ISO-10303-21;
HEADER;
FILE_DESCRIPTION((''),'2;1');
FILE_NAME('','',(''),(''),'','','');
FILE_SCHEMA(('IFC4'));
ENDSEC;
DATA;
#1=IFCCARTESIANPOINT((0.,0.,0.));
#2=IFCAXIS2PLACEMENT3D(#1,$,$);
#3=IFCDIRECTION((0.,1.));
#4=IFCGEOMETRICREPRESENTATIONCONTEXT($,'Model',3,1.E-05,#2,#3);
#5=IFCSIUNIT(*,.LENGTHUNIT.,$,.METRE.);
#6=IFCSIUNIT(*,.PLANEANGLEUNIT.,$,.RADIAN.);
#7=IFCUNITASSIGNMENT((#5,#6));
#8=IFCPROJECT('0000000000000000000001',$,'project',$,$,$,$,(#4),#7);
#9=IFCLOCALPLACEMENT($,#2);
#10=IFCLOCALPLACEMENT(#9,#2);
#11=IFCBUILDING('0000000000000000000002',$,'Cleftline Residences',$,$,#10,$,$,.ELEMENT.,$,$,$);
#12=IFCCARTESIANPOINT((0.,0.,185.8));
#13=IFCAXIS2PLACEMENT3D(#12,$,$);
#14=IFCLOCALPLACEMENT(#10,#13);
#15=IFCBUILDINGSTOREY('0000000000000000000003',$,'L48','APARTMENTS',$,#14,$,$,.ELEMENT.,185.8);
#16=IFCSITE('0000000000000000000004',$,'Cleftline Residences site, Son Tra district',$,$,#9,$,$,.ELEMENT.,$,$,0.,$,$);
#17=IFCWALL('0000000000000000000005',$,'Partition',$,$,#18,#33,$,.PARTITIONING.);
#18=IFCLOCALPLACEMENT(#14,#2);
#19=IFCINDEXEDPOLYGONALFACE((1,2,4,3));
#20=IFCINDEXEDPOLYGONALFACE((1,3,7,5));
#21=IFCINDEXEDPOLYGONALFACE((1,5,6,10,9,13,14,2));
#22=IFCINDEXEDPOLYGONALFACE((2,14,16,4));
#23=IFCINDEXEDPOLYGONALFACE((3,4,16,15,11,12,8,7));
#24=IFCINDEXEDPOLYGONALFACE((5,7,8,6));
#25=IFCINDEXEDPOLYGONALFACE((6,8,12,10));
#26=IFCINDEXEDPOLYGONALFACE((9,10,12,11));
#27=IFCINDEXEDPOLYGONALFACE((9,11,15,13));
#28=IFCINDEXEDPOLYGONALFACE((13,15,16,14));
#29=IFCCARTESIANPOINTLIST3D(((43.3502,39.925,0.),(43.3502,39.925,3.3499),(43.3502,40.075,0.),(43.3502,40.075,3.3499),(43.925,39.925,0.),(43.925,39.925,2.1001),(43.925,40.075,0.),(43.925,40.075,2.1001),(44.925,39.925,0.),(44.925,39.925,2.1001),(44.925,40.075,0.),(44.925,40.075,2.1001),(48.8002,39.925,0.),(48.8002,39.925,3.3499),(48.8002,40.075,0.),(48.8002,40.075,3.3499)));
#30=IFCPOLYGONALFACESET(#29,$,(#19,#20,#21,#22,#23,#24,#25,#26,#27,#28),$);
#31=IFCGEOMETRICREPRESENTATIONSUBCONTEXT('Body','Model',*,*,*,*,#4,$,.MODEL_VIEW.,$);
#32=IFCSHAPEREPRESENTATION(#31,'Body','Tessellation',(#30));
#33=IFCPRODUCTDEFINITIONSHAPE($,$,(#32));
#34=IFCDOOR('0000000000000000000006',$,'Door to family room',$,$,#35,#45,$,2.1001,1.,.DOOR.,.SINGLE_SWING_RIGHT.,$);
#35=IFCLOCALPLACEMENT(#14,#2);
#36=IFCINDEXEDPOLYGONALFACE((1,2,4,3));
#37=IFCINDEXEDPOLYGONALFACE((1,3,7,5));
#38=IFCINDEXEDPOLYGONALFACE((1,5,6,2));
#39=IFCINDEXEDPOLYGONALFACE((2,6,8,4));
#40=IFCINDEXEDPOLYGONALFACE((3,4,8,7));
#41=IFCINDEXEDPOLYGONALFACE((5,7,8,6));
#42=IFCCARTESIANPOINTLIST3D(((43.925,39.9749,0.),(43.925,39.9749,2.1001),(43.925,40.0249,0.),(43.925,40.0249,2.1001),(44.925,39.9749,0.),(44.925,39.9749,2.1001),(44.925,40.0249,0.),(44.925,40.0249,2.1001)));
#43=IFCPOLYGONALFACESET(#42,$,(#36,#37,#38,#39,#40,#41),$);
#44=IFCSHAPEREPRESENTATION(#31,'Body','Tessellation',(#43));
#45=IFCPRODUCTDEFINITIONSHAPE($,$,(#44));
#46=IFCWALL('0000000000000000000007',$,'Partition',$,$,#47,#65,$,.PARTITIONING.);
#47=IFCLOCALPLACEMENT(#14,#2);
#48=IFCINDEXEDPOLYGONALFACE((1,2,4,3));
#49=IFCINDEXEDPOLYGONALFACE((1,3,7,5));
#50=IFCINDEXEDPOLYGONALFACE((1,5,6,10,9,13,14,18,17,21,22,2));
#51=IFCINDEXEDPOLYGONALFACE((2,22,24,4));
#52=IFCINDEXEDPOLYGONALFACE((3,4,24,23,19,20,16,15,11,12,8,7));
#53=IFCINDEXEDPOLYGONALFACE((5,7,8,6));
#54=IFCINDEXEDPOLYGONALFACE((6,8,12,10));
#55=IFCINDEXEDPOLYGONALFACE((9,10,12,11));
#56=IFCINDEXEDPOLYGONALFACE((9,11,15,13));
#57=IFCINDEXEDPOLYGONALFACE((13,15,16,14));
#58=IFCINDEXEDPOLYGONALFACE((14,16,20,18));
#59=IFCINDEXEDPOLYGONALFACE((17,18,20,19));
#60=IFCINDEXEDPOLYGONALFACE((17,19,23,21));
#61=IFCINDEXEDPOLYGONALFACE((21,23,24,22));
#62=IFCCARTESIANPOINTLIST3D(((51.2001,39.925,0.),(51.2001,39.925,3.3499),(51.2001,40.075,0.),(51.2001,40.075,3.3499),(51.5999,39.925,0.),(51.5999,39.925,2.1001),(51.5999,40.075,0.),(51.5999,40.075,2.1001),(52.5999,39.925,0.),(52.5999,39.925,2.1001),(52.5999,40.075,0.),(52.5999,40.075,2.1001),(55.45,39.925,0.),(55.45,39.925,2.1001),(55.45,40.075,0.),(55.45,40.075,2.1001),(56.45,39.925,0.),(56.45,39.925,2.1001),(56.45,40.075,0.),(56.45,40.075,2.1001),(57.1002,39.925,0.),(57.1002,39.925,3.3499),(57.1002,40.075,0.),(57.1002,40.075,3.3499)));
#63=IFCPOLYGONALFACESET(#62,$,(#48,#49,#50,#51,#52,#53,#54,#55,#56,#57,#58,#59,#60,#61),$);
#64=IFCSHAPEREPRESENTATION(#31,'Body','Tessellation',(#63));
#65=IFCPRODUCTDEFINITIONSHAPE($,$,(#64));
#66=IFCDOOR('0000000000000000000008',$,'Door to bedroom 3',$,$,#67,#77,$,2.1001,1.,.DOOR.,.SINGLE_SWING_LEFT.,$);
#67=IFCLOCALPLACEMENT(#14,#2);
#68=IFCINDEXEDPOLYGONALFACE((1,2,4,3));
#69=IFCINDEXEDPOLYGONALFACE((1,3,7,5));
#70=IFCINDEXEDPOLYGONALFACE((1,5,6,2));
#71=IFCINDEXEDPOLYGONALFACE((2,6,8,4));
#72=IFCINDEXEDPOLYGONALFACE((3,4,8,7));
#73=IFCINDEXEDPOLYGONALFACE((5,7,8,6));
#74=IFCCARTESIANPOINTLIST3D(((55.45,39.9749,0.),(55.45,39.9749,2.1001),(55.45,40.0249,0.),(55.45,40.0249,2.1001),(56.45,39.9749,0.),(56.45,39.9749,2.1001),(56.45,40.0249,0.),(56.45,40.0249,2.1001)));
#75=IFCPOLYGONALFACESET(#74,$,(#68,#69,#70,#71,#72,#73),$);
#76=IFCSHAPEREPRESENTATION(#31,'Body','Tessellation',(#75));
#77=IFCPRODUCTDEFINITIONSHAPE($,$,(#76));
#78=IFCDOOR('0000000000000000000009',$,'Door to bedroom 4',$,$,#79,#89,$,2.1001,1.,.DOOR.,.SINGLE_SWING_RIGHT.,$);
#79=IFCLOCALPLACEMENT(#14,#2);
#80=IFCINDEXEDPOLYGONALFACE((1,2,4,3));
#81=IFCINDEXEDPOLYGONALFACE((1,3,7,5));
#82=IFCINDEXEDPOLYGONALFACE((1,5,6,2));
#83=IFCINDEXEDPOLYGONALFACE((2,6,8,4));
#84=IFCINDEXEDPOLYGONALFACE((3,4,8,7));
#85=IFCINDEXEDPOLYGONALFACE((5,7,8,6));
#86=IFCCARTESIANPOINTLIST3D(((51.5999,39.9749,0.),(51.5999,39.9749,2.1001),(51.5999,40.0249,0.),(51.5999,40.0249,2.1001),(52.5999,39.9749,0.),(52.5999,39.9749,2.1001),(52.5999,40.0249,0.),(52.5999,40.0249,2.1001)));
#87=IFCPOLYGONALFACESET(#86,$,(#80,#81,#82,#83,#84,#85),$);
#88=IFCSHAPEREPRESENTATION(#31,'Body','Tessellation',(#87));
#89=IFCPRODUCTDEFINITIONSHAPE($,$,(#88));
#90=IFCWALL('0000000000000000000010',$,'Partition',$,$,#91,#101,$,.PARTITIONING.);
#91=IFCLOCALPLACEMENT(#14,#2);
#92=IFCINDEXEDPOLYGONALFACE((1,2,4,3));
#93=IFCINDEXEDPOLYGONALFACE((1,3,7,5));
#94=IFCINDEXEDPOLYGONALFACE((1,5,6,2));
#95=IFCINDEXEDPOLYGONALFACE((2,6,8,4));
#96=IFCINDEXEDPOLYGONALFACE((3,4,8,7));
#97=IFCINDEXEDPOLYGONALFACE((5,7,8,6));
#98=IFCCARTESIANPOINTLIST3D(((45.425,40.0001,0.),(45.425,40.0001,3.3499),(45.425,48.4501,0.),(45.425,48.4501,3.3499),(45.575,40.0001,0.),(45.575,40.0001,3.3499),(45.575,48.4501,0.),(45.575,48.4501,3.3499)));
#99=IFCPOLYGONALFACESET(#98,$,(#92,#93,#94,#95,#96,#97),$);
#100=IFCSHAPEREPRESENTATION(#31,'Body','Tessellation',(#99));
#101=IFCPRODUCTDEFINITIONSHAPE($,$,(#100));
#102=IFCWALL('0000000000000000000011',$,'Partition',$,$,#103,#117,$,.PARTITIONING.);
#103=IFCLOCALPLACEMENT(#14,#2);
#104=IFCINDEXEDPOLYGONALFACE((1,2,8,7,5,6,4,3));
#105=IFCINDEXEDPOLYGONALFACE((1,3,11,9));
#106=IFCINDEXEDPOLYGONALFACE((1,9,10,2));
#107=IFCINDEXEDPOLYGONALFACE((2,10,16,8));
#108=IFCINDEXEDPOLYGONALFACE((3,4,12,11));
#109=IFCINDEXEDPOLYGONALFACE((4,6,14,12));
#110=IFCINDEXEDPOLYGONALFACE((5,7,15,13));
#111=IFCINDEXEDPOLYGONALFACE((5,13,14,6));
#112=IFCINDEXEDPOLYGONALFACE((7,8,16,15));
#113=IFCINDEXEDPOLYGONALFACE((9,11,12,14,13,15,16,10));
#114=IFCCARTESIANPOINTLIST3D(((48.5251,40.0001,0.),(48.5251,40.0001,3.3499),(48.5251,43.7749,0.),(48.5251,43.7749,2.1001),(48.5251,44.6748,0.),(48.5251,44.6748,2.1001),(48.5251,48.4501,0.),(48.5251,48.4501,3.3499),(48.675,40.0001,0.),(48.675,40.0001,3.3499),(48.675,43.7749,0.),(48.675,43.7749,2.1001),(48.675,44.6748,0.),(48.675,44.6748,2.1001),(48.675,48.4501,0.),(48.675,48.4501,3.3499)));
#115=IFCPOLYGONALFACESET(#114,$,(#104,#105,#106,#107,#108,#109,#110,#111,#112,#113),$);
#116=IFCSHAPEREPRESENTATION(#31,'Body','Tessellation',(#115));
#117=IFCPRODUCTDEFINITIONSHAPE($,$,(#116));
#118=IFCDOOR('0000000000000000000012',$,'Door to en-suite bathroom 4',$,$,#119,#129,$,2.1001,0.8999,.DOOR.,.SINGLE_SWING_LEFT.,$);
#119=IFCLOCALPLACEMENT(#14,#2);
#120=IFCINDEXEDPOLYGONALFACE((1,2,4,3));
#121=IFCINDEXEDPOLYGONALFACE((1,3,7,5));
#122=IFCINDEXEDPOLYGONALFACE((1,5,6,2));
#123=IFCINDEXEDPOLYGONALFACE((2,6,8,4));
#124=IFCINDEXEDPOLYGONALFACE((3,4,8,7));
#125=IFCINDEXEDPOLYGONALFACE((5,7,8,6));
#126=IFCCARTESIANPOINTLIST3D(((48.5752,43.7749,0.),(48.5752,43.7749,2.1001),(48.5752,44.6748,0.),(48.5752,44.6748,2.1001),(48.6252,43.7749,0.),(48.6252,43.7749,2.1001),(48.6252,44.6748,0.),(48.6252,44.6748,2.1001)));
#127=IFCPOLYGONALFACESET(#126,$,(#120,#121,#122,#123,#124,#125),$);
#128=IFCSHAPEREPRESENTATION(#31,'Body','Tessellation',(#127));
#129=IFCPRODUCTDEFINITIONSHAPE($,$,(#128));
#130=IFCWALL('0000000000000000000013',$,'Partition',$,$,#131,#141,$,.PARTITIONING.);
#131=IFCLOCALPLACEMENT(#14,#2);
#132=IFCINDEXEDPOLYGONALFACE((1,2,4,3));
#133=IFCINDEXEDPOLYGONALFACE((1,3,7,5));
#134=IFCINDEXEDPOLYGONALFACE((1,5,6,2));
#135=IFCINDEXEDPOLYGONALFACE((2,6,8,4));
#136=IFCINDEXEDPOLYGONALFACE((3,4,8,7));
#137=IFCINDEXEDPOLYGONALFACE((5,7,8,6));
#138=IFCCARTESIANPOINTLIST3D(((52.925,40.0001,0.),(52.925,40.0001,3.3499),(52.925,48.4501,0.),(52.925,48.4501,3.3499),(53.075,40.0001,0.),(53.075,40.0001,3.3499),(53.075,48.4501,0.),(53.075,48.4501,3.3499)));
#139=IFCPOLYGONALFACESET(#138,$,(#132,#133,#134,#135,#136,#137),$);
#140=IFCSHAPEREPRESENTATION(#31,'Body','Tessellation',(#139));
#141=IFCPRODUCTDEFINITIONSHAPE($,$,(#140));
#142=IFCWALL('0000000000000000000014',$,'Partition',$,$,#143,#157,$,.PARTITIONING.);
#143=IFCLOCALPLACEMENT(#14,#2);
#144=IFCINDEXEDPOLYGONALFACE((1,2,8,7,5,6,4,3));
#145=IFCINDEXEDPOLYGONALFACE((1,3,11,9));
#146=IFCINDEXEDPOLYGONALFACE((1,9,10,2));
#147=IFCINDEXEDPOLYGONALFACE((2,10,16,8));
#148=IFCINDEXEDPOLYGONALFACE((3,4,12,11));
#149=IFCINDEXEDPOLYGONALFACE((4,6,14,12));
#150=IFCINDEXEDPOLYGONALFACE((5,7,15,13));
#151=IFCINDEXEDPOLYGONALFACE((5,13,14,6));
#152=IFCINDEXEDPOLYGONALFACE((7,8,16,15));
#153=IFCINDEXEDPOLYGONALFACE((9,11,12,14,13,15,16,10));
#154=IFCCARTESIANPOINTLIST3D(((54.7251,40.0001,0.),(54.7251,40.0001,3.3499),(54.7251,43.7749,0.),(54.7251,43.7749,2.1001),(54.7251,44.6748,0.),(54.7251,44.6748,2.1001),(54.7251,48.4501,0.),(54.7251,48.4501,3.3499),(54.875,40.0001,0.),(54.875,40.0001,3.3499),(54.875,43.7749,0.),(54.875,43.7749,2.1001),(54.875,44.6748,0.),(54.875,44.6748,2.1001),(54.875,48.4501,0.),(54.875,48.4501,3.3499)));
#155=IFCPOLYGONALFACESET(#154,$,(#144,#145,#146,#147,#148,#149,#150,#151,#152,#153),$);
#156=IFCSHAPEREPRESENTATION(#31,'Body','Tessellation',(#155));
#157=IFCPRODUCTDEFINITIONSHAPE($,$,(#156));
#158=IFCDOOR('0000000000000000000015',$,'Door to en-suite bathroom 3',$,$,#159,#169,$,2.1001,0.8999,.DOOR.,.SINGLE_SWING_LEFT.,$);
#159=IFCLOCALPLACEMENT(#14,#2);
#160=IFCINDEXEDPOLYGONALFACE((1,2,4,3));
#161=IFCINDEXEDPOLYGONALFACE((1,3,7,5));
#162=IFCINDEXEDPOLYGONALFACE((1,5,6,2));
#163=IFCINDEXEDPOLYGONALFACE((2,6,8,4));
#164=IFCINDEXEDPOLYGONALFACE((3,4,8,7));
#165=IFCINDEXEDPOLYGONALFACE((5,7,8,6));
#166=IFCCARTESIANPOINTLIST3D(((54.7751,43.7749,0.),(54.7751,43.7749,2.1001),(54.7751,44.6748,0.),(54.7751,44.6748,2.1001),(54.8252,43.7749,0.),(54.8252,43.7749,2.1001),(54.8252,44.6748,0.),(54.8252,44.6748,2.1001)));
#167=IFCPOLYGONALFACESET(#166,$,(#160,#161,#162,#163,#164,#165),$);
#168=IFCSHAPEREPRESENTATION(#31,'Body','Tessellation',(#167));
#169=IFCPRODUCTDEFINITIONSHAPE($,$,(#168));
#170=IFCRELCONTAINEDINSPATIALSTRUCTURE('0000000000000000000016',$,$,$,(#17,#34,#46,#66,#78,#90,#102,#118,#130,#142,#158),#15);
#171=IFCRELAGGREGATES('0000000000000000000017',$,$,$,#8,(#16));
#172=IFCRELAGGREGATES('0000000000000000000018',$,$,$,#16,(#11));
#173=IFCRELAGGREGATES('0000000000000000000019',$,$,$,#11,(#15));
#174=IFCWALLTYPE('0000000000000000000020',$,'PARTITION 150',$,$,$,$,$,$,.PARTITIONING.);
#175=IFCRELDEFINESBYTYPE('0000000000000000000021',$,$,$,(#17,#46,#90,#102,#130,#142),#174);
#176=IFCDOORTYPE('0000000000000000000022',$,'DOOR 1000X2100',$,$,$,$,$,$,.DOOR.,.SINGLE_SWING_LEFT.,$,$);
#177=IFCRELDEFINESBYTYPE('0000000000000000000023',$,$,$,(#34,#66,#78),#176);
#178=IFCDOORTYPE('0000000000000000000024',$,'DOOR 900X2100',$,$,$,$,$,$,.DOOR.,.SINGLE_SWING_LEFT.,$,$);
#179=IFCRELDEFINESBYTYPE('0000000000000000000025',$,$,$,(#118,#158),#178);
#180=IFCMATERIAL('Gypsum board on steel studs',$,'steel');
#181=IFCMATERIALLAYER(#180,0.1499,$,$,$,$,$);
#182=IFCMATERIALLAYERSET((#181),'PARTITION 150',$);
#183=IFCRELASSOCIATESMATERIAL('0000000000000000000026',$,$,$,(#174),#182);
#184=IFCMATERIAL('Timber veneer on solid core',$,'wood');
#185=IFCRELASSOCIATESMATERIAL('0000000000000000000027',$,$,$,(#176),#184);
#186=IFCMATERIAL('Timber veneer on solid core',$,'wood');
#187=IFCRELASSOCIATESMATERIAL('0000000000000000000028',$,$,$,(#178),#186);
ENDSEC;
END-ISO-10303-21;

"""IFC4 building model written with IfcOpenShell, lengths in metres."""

from ifc_helpers import new_model, si_unit, direction, frame, frame_2d, origin, place, context, subcontext, project, spatial, rectangle, extrude, material, layer, layer_set, type_object, element, fill, save


model = new_model("IFC4")

# Units and contexts
model_context = context("Model", 3, precision=1e-05, world=origin(), true_north=direction((0.0, 1.0)))
body_context = subcontext(model_context, "Body", "Model", "MODEL_VIEW")
ifc_project = project(units=[si_unit("LENGTHUNIT", "METRE"), si_unit("PLANEANGLEUNIT", "RADIAN")], contexts=[model_context])

# Site, building, storey
site_placement = place(None, origin())
site = spatial("IfcSite", under=ifc_project, at=site_placement, Name="Cleftline Residences site, Son Tra district", CompositionType="ELEMENT", RefElevation=0.0)
building_placement = place(site_placement, origin())
building = spatial("IfcBuilding", under=site, at=building_placement, Name="Cleftline Residences", CompositionType="ELEMENT")
storey_placement = place(building_placement, frame((0.0, 0.0, 185.8)))
storey = spatial("IfcBuildingStorey", under=building, at=storey_placement, Name="L48", Description="APARTMENTS", CompositionType="ELEMENT", Elevation=185.8)

# Shared definitions
ifc_material_1 = material(Name="Gypsum board on steel studs", Category="steel")
ifc_layer = layer(ifc_material_1, 0.1499)
ifc_layer_set = layer_set([ifc_layer], Name="PARTITION 150")
wall_type = type_object("IfcWallType", Name="PARTITION 150", PredefinedType="PARTITIONING", material=ifc_layer_set)

# Wall, opening, door
wall_1_placement = place(storey_placement, frame((43.3501, 40.0, 0.0), z_axis=(0.0, 0.0, 1.0), x_axis=(1.0, 0.0, 0.0)))
wall_1 = element("IfcWall", 1, at=wall_1_placement, inside=storey, type_object=wall_type, Name="Partition", PredefinedType="PARTITIONING", context=body_context, shape_type="SweptSolid", body=[
    extrude(rectangle(XDim=5.45, YDim=0.1499, at=frame_2d((2.7251, 0.0))), origin(), (0.0, 0.0, 1.0), 3.3499),
])
opening_1_placement = place(wall_1_placement, frame((0.575, 0.0, 0.0)))
opening_1 = element("IfcOpeningElement", 2, at=opening_1_placement, cuts=wall_1, PredefinedType="OPENING", context=body_context, shape_type="SweptSolid", body=[
    extrude(rectangle(XDim=1.0, YDim=2.1001, at=frame_2d((0.5, 1.05))), frame((0.0, 0.085, 0.0), z_axis=(0.0, -1.0, 0.0), x_axis=(1.0, 0.0, 0.0)), (0.0, 0.0, 1.0), 0.1699),
])
ifc_material_2 = material(Name="Timber veneer on solid core", Category="wood")
door_type_1 = type_object("IfcDoorType", Name="DOOR 1000X2100", OperationType="SINGLE_SWING_LEFT", PredefinedType="DOOR", material=ifc_material_2)
door_1_placement = place(opening_1_placement, origin())
door_1 = element("IfcDoor", 3, at=door_1_placement, inside=storey, type_object=door_type_1, Name="Door to family room", OperationType="SINGLE_SWING_RIGHT", OverallHeight=2.1001, OverallWidth=1.0, PredefinedType="DOOR", context=body_context, shape_type="SweptSolid", body=[
    extrude(rectangle(XDim=1.0, YDim=2.1001, at=frame_2d((0.5, 1.05))), frame((0.0, 0.0249, 0.0), z_axis=(0.0, -1.0, 0.0), x_axis=(1.0, 0.0, 0.0)), (0.0, 0.0, 1.0), 0.05),
])
fill(opening_1, door_1)

# Wall, openings, doors
wall_2_placement = place(storey_placement, frame((51.2, 40.0, 0.0), z_axis=(0.0, 0.0, 1.0), x_axis=(1.0, 0.0, 0.0)))
wall_2 = element("IfcWall", 4, at=wall_2_placement, inside=storey, type_object=wall_type, Name="Partition", PredefinedType="PARTITIONING", context=body_context, shape_type="SweptSolid", body=[
    extrude(rectangle(XDim=5.9001, YDim=0.1499, at=frame_2d((2.9502, 0.0))), origin(), (0.0, 0.0, 1.0), 3.3499),
])
opening_2_placement = place(wall_2_placement, frame((4.25, 0.0, 0.0)))
opening_2 = element("IfcOpeningElement", 5, at=opening_2_placement, cuts=wall_2, PredefinedType="OPENING", context=body_context, shape_type="SweptSolid", body=[
    extrude(rectangle(XDim=1.0, YDim=2.1001, at=frame_2d((0.5, 1.05))), frame((0.0, 0.085, 0.0), z_axis=(0.0, -1.0, 0.0), x_axis=(1.0, 0.0, 0.0)), (0.0, 0.0, 1.0), 0.1699),
])
opening_3_placement = place(wall_2_placement, frame((0.3999, 0.0, 0.0)))
opening_3 = element("IfcOpeningElement", 6, at=opening_3_placement, cuts=wall_2, PredefinedType="OPENING", context=body_context, shape_type="SweptSolid", body=[
    extrude(rectangle(XDim=1.0, YDim=2.1001, at=frame_2d((0.5, 1.05))), frame((0.0, 0.085, 0.0), z_axis=(0.0, -1.0, 0.0), x_axis=(1.0, 0.0, 0.0)), (0.0, 0.0, 1.0), 0.1699),
])
door_2_placement = place(opening_2_placement, origin())
door_2 = element("IfcDoor", 7, at=door_2_placement, inside=storey, type_object=door_type_1, Name="Door to bedroom 3", OperationType="SINGLE_SWING_LEFT", OverallHeight=2.1001, OverallWidth=1.0, PredefinedType="DOOR", context=body_context, shape_type="SweptSolid", body=[
    extrude(rectangle(XDim=1.0, YDim=2.1001, at=frame_2d((0.5, 1.05))), frame((0.0, 0.0249, 0.0), z_axis=(0.0, -1.0, 0.0), x_axis=(1.0, 0.0, 0.0)), (0.0, 0.0, 1.0), 0.05),
])
fill(opening_2, door_2)
door_3_placement = place(opening_3_placement, origin())
door_3 = element("IfcDoor", 8, at=door_3_placement, inside=storey, type_object=door_type_1, Name="Door to bedroom 4", OperationType="SINGLE_SWING_RIGHT", OverallHeight=2.1001, OverallWidth=1.0, PredefinedType="DOOR", context=body_context, shape_type="SweptSolid", body=[
    extrude(rectangle(XDim=1.0, YDim=2.1001, at=frame_2d((0.5, 1.05))), frame((0.0, 0.0249, 0.0), z_axis=(0.0, -1.0, 0.0), x_axis=(1.0, 0.0, 0.0)), (0.0, 0.0, 1.0), 0.05),
])
fill(opening_3, door_3)

# Wall
wall_3_placement = place(storey_placement, frame((45.5, 40.0, 0.0), z_axis=(0.0, 0.0, 1.0), x_axis=(0.0, 1.0, 0.0)))
element("IfcWall", 9, at=wall_3_placement, inside=storey, type_object=wall_type, Name="Partition", PredefinedType="PARTITIONING", context=body_context, shape_type="SweptSolid", body=[
    extrude(rectangle(XDim=8.45, YDim=0.1499, at=frame_2d((4.2251, 0.0))), origin(), (0.0, 0.0, 1.0), 3.3499),
])

# Wall, opening, door
wall_4_placement = place(storey_placement, frame((48.6001, 40.0, 0.0), z_axis=(0.0, 0.0, 1.0), x_axis=(0.0, 1.0, 0.0)))
wall_4 = element("IfcWall", 10, at=wall_4_placement, inside=storey, type_object=wall_type, Name="Partition", PredefinedType="PARTITIONING", context=body_context, shape_type="SweptSolid", body=[
    extrude(rectangle(XDim=8.45, YDim=0.1499, at=frame_2d((4.2251, 0.0))), origin(), (0.0, 0.0, 1.0), 3.3499),
])
opening_4_placement = place(wall_4_placement, frame((3.7749, 0.0, 0.0)))
opening_4 = element("IfcOpeningElement", 11, at=opening_4_placement, cuts=wall_4, PredefinedType="OPENING", context=body_context, shape_type="SweptSolid", body=[
    extrude(rectangle(XDim=0.8999, YDim=2.1001, at=frame_2d((0.45, 1.05))), frame((0.0, 0.085, 0.0), z_axis=(0.0, -1.0, 0.0), x_axis=(1.0, 0.0, 0.0)), (0.0, 0.0, 1.0), 0.1699),
])
ifc_material_3 = material(Name="Timber veneer on solid core", Category="wood")
door_type_2 = type_object("IfcDoorType", Name="DOOR 900X2100", OperationType="SINGLE_SWING_LEFT", PredefinedType="DOOR", material=ifc_material_3)
door_4_placement = place(opening_4_placement, origin())
door_4 = element("IfcDoor", 12, at=door_4_placement, inside=storey, type_object=door_type_2, Name="Door to en-suite bathroom 4", OperationType="SINGLE_SWING_LEFT", OverallHeight=2.1001, OverallWidth=0.8999, PredefinedType="DOOR", context=body_context, shape_type="SweptSolid", body=[
    extrude(rectangle(XDim=0.8999, YDim=2.1001, at=frame_2d((0.45, 1.05))), frame((0.0, 0.0249, 0.0), z_axis=(0.0, -1.0, 0.0), x_axis=(1.0, 0.0, 0.0)), (0.0, 0.0, 1.0), 0.05),
])
fill(opening_4, door_4)

# Wall
wall_5_placement = place(storey_placement, frame((53.0, 40.0, 0.0), z_axis=(0.0, 0.0, 1.0), x_axis=(0.0, 1.0, 0.0)))
element("IfcWall", 13, at=wall_5_placement, inside=storey, type_object=wall_type, Name="Partition", PredefinedType="PARTITIONING", context=body_context, shape_type="SweptSolid", body=[
    extrude(rectangle(XDim=8.45, YDim=0.1499, at=frame_2d((4.2251, 0.0))), origin(), (0.0, 0.0, 1.0), 3.3499),
])

# Wall, opening, door
wall_6_placement = place(storey_placement, frame((54.8, 40.0, 0.0), z_axis=(0.0, 0.0, 1.0), x_axis=(0.0, 1.0, 0.0)))
wall_6 = element("IfcWall", 14, at=wall_6_placement, inside=storey, type_object=wall_type, Name="Partition", PredefinedType="PARTITIONING", context=body_context, shape_type="SweptSolid", body=[
    extrude(rectangle(XDim=8.45, YDim=0.1499, at=frame_2d((4.2251, 0.0))), origin(), (0.0, 0.0, 1.0), 3.3499),
])
opening_5_placement = place(wall_6_placement, frame((3.7749, 0.0, 0.0)))
opening_5 = element("IfcOpeningElement", 15, at=opening_5_placement, cuts=wall_6, PredefinedType="OPENING", context=body_context, shape_type="SweptSolid", body=[
    extrude(rectangle(XDim=0.8999, YDim=2.1001, at=frame_2d((0.45, 1.05))), frame((0.0, 0.085, 0.0), z_axis=(0.0, -1.0, 0.0), x_axis=(1.0, 0.0, 0.0)), (0.0, 0.0, 1.0), 0.1699),
])
door_5_placement = place(opening_5_placement, origin())
door_5 = element("IfcDoor", 16, at=door_5_placement, inside=storey, type_object=door_type_2, Name="Door to en-suite bathroom 3", OperationType="SINGLE_SWING_LEFT", OverallHeight=2.1001, OverallWidth=0.8999, PredefinedType="DOOR", context=body_context, shape_type="SweptSolid", body=[
    extrude(rectangle(XDim=0.8999, YDim=2.1001, at=frame_2d((0.45, 1.05))), frame((0.0, 0.0249, 0.0), z_axis=(0.0, -1.0, 0.0), x_axis=(1.0, 0.0, 0.0)), (0.0, 0.0, 1.0), 0.05),
])
fill(opening_5, door_5)

save(model, "model.ifc")
